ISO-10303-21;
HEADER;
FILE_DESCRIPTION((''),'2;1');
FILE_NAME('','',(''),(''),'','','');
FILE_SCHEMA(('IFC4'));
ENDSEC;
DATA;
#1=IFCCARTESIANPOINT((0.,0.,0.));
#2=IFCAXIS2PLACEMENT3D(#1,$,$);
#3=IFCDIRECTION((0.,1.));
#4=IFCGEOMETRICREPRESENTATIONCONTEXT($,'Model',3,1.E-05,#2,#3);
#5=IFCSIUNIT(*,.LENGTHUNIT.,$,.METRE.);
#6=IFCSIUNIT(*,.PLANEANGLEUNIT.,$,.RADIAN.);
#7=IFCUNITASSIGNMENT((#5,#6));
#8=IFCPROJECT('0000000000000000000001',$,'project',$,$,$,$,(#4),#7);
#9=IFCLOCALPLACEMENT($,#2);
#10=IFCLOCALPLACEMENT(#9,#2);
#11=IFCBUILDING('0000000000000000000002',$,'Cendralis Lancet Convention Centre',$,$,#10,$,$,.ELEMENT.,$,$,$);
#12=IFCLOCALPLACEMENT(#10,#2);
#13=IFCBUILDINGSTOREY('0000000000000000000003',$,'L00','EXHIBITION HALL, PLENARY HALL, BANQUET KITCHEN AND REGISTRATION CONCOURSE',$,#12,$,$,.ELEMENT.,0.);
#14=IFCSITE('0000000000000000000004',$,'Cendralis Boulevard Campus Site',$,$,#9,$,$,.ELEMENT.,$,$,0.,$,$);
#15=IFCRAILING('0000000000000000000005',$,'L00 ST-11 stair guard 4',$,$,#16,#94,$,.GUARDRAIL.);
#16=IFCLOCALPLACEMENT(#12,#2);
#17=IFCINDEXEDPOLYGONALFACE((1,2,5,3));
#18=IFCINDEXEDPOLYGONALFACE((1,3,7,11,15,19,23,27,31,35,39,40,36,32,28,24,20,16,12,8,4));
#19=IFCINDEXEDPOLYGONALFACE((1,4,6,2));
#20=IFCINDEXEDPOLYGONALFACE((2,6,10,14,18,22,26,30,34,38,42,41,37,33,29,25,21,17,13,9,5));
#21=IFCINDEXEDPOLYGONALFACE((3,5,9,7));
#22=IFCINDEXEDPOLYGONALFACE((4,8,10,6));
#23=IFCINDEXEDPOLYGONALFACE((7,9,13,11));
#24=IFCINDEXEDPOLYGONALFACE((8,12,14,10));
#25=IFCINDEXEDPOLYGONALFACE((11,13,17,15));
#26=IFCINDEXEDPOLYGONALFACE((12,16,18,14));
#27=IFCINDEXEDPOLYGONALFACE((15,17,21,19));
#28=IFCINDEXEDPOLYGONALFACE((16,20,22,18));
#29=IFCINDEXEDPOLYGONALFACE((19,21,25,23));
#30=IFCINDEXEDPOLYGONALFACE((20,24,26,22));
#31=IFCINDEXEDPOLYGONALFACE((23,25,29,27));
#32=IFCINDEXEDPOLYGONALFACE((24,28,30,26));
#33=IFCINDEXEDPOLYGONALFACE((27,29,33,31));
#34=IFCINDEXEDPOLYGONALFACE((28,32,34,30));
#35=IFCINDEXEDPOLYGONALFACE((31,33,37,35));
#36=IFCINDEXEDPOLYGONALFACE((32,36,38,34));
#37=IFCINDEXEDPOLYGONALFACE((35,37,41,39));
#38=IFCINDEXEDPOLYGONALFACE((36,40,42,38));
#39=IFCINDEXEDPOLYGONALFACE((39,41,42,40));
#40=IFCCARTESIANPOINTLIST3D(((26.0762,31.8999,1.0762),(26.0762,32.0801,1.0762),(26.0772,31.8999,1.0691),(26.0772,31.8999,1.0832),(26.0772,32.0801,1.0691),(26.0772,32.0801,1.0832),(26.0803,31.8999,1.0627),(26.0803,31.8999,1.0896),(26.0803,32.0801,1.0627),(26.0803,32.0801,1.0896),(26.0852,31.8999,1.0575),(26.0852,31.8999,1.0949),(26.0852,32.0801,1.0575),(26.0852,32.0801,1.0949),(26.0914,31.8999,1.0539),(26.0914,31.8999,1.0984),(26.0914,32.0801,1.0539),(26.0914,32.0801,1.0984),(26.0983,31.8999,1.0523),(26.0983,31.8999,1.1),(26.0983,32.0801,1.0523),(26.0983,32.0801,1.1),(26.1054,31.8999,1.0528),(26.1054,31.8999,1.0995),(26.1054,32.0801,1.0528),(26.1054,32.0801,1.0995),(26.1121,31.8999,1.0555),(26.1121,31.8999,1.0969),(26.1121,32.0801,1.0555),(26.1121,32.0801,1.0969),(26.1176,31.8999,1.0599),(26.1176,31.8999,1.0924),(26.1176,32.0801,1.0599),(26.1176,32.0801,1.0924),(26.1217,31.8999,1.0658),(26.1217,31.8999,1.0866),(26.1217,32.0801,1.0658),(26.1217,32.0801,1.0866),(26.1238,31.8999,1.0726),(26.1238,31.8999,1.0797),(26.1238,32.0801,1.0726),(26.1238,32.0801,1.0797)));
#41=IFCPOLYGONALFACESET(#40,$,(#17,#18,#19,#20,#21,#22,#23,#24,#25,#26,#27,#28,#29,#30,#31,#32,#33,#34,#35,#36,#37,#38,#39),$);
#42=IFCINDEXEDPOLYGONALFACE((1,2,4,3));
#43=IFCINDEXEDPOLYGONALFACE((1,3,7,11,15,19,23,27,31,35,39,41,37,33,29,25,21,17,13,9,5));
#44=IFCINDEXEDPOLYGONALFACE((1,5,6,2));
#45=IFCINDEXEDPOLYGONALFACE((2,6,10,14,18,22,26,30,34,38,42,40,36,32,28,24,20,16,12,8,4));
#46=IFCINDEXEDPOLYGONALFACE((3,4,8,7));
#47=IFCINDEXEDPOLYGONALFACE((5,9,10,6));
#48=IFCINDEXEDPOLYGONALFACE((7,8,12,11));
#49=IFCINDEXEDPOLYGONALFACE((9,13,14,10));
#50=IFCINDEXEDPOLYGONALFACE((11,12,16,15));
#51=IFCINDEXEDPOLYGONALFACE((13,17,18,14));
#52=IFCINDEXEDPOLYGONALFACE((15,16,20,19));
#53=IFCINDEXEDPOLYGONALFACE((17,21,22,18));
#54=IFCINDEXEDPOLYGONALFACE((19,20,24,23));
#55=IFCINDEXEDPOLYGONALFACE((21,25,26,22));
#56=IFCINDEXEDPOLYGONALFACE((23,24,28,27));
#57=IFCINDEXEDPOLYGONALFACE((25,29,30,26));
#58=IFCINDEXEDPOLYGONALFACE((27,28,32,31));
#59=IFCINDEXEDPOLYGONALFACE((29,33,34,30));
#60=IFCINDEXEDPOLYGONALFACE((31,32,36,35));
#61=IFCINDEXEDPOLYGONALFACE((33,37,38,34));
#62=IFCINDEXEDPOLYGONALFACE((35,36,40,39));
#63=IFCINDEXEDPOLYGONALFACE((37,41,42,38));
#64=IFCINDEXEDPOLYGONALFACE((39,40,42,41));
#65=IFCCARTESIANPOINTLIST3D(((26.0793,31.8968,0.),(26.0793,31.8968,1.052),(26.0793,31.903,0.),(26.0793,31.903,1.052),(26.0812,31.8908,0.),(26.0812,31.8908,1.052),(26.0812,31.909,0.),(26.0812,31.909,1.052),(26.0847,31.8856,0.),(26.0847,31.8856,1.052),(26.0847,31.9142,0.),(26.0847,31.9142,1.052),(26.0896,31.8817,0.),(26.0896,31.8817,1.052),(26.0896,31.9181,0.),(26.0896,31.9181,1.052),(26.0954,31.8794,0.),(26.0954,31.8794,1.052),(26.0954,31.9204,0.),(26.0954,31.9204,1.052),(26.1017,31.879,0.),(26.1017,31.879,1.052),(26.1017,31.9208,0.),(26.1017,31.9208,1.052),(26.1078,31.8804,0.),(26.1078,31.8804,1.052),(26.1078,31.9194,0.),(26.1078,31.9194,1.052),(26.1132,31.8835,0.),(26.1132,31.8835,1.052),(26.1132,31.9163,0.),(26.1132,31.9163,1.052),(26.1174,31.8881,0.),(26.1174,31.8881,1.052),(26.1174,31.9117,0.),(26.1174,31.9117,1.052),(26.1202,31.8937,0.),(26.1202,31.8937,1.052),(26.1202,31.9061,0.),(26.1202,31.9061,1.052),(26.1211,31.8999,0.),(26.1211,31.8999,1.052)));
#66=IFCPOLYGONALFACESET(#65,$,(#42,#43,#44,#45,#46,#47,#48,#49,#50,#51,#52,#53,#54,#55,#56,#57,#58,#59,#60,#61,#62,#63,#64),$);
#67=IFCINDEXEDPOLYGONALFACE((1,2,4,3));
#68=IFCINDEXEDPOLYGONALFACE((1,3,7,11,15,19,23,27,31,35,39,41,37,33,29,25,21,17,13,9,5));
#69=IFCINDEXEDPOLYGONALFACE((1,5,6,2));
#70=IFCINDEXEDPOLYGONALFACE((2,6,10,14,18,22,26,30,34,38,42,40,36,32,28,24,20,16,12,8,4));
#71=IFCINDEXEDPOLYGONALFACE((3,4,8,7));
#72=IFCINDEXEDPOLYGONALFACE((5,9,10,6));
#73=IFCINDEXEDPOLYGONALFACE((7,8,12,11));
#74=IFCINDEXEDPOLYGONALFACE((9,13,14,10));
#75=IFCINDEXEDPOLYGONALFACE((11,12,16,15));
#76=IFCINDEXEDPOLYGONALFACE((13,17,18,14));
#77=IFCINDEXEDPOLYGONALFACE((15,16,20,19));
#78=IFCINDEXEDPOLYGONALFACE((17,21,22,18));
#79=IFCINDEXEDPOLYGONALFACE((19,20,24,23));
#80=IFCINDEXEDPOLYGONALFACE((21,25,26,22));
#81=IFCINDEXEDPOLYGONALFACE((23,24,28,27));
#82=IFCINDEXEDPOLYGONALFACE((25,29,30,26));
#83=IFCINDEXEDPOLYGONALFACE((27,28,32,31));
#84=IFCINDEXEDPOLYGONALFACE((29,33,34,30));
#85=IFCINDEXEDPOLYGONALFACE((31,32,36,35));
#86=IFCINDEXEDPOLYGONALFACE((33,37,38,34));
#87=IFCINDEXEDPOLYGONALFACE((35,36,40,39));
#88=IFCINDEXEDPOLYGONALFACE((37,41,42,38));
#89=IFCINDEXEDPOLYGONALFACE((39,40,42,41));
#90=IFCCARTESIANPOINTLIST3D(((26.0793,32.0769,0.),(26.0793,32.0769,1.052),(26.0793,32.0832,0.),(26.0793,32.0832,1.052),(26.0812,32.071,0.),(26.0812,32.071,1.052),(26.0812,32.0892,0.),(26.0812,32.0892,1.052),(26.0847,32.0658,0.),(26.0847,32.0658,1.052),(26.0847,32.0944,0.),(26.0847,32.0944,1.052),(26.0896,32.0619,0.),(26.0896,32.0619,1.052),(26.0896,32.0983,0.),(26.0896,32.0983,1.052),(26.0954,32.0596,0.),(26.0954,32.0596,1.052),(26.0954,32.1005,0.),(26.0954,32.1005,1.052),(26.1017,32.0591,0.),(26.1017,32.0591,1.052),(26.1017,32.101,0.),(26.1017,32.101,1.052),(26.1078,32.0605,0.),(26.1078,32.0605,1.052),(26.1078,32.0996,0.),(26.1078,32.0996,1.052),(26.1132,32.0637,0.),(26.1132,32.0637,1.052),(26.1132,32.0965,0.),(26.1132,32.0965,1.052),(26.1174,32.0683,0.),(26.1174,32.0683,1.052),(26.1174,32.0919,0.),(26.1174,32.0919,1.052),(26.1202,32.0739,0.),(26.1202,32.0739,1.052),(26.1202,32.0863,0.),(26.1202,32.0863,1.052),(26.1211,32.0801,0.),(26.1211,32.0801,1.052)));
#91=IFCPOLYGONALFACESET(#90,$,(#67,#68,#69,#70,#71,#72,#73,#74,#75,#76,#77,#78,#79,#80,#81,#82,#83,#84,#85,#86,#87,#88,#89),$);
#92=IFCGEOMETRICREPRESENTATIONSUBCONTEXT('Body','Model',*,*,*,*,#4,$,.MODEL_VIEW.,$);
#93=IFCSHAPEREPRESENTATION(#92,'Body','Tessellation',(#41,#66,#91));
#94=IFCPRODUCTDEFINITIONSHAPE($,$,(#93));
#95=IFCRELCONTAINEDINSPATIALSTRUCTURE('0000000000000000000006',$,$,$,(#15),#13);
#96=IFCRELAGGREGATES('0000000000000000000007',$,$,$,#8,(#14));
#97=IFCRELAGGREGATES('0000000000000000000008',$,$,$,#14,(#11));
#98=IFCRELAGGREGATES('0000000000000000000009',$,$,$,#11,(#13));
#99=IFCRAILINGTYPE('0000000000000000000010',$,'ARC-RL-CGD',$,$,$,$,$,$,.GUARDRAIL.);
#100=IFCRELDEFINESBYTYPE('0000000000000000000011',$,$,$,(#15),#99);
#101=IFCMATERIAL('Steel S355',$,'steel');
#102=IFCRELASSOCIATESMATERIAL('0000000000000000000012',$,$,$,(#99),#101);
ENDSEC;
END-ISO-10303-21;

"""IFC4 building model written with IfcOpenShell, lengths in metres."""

from ifc_helpers import new_model, si_unit, direction, frame, origin, origin_2d, place, context, subcontext, project, spatial, circle, extrude, material, type_object, element, save


model = new_model("IFC4")

# Units and contexts
model_context = context("Model", 3, precision=1e-05, world=origin(), true_north=direction((0.0, 1.0)))
body_context = subcontext(model_context, "Body", "Model", "MODEL_VIEW")
ifc_project = project(units=[si_unit("LENGTHUNIT", "METRE"), si_unit("PLANEANGLEUNIT", "RADIAN")], contexts=[model_context])

# Site, building, storey
site_placement = place(None, origin())
site = spatial("IfcSite", under=ifc_project, at=site_placement, Name="Cendralis Boulevard Campus Site", CompositionType="ELEMENT", RefElevation=0.0)
building_placement = place(site_placement, origin())
building = spatial("IfcBuilding", under=site, at=building_placement, Name="Cendralis Lancet Convention Centre", CompositionType="ELEMENT")
storey_placement = place(building_placement, origin())
storey = spatial("IfcBuildingStorey", under=building, at=storey_placement, Name="L00", Description="EXHIBITION HALL, PLENARY HALL, BANQUET KITCHEN AND REGISTRATION CONCOURSE", CompositionType="ELEMENT", Elevation=0.0)

# Shared definitions
ifc_material_1 = material(Name="Steel S355", Category="steel")

# Railing
railing_type_1 = type_object("IfcRailingType", Name="ARC-RL-CGD", PredefinedType="GUARDRAIL", material=ifc_material_1)
railing_1_placement = place(storey_placement, frame((26.1001, 31.8999, 0.0)))
element("IfcRailing", 1, at=railing_1_placement, inside=storey, type_object=railing_type_1, Name="L00 ST-11 stair guard 4", PredefinedType="GUARDRAIL", context=body_context, shape_type="SweptSolid", body=[
    extrude(circle(Radius=0.0239, at=origin_2d()), frame((0.0, 0.0, 1.0762), z_axis=(0.0, 1.0, 0.0), x_axis=(-1.0, 0.0, 0.0)), (0.0, 0.0, 1.0), 0.1802),
    extrude(circle(Radius=0.021, at=origin_2d()), origin(), (0.0, 0.0, 1.0), 1.052),
    extrude(circle(Radius=0.021, at=origin_2d()), frame((0.0, 0.1802, 0.0)), (0.0, 0.0, 1.0), 1.052),
])

save(model, "model.ifc")
